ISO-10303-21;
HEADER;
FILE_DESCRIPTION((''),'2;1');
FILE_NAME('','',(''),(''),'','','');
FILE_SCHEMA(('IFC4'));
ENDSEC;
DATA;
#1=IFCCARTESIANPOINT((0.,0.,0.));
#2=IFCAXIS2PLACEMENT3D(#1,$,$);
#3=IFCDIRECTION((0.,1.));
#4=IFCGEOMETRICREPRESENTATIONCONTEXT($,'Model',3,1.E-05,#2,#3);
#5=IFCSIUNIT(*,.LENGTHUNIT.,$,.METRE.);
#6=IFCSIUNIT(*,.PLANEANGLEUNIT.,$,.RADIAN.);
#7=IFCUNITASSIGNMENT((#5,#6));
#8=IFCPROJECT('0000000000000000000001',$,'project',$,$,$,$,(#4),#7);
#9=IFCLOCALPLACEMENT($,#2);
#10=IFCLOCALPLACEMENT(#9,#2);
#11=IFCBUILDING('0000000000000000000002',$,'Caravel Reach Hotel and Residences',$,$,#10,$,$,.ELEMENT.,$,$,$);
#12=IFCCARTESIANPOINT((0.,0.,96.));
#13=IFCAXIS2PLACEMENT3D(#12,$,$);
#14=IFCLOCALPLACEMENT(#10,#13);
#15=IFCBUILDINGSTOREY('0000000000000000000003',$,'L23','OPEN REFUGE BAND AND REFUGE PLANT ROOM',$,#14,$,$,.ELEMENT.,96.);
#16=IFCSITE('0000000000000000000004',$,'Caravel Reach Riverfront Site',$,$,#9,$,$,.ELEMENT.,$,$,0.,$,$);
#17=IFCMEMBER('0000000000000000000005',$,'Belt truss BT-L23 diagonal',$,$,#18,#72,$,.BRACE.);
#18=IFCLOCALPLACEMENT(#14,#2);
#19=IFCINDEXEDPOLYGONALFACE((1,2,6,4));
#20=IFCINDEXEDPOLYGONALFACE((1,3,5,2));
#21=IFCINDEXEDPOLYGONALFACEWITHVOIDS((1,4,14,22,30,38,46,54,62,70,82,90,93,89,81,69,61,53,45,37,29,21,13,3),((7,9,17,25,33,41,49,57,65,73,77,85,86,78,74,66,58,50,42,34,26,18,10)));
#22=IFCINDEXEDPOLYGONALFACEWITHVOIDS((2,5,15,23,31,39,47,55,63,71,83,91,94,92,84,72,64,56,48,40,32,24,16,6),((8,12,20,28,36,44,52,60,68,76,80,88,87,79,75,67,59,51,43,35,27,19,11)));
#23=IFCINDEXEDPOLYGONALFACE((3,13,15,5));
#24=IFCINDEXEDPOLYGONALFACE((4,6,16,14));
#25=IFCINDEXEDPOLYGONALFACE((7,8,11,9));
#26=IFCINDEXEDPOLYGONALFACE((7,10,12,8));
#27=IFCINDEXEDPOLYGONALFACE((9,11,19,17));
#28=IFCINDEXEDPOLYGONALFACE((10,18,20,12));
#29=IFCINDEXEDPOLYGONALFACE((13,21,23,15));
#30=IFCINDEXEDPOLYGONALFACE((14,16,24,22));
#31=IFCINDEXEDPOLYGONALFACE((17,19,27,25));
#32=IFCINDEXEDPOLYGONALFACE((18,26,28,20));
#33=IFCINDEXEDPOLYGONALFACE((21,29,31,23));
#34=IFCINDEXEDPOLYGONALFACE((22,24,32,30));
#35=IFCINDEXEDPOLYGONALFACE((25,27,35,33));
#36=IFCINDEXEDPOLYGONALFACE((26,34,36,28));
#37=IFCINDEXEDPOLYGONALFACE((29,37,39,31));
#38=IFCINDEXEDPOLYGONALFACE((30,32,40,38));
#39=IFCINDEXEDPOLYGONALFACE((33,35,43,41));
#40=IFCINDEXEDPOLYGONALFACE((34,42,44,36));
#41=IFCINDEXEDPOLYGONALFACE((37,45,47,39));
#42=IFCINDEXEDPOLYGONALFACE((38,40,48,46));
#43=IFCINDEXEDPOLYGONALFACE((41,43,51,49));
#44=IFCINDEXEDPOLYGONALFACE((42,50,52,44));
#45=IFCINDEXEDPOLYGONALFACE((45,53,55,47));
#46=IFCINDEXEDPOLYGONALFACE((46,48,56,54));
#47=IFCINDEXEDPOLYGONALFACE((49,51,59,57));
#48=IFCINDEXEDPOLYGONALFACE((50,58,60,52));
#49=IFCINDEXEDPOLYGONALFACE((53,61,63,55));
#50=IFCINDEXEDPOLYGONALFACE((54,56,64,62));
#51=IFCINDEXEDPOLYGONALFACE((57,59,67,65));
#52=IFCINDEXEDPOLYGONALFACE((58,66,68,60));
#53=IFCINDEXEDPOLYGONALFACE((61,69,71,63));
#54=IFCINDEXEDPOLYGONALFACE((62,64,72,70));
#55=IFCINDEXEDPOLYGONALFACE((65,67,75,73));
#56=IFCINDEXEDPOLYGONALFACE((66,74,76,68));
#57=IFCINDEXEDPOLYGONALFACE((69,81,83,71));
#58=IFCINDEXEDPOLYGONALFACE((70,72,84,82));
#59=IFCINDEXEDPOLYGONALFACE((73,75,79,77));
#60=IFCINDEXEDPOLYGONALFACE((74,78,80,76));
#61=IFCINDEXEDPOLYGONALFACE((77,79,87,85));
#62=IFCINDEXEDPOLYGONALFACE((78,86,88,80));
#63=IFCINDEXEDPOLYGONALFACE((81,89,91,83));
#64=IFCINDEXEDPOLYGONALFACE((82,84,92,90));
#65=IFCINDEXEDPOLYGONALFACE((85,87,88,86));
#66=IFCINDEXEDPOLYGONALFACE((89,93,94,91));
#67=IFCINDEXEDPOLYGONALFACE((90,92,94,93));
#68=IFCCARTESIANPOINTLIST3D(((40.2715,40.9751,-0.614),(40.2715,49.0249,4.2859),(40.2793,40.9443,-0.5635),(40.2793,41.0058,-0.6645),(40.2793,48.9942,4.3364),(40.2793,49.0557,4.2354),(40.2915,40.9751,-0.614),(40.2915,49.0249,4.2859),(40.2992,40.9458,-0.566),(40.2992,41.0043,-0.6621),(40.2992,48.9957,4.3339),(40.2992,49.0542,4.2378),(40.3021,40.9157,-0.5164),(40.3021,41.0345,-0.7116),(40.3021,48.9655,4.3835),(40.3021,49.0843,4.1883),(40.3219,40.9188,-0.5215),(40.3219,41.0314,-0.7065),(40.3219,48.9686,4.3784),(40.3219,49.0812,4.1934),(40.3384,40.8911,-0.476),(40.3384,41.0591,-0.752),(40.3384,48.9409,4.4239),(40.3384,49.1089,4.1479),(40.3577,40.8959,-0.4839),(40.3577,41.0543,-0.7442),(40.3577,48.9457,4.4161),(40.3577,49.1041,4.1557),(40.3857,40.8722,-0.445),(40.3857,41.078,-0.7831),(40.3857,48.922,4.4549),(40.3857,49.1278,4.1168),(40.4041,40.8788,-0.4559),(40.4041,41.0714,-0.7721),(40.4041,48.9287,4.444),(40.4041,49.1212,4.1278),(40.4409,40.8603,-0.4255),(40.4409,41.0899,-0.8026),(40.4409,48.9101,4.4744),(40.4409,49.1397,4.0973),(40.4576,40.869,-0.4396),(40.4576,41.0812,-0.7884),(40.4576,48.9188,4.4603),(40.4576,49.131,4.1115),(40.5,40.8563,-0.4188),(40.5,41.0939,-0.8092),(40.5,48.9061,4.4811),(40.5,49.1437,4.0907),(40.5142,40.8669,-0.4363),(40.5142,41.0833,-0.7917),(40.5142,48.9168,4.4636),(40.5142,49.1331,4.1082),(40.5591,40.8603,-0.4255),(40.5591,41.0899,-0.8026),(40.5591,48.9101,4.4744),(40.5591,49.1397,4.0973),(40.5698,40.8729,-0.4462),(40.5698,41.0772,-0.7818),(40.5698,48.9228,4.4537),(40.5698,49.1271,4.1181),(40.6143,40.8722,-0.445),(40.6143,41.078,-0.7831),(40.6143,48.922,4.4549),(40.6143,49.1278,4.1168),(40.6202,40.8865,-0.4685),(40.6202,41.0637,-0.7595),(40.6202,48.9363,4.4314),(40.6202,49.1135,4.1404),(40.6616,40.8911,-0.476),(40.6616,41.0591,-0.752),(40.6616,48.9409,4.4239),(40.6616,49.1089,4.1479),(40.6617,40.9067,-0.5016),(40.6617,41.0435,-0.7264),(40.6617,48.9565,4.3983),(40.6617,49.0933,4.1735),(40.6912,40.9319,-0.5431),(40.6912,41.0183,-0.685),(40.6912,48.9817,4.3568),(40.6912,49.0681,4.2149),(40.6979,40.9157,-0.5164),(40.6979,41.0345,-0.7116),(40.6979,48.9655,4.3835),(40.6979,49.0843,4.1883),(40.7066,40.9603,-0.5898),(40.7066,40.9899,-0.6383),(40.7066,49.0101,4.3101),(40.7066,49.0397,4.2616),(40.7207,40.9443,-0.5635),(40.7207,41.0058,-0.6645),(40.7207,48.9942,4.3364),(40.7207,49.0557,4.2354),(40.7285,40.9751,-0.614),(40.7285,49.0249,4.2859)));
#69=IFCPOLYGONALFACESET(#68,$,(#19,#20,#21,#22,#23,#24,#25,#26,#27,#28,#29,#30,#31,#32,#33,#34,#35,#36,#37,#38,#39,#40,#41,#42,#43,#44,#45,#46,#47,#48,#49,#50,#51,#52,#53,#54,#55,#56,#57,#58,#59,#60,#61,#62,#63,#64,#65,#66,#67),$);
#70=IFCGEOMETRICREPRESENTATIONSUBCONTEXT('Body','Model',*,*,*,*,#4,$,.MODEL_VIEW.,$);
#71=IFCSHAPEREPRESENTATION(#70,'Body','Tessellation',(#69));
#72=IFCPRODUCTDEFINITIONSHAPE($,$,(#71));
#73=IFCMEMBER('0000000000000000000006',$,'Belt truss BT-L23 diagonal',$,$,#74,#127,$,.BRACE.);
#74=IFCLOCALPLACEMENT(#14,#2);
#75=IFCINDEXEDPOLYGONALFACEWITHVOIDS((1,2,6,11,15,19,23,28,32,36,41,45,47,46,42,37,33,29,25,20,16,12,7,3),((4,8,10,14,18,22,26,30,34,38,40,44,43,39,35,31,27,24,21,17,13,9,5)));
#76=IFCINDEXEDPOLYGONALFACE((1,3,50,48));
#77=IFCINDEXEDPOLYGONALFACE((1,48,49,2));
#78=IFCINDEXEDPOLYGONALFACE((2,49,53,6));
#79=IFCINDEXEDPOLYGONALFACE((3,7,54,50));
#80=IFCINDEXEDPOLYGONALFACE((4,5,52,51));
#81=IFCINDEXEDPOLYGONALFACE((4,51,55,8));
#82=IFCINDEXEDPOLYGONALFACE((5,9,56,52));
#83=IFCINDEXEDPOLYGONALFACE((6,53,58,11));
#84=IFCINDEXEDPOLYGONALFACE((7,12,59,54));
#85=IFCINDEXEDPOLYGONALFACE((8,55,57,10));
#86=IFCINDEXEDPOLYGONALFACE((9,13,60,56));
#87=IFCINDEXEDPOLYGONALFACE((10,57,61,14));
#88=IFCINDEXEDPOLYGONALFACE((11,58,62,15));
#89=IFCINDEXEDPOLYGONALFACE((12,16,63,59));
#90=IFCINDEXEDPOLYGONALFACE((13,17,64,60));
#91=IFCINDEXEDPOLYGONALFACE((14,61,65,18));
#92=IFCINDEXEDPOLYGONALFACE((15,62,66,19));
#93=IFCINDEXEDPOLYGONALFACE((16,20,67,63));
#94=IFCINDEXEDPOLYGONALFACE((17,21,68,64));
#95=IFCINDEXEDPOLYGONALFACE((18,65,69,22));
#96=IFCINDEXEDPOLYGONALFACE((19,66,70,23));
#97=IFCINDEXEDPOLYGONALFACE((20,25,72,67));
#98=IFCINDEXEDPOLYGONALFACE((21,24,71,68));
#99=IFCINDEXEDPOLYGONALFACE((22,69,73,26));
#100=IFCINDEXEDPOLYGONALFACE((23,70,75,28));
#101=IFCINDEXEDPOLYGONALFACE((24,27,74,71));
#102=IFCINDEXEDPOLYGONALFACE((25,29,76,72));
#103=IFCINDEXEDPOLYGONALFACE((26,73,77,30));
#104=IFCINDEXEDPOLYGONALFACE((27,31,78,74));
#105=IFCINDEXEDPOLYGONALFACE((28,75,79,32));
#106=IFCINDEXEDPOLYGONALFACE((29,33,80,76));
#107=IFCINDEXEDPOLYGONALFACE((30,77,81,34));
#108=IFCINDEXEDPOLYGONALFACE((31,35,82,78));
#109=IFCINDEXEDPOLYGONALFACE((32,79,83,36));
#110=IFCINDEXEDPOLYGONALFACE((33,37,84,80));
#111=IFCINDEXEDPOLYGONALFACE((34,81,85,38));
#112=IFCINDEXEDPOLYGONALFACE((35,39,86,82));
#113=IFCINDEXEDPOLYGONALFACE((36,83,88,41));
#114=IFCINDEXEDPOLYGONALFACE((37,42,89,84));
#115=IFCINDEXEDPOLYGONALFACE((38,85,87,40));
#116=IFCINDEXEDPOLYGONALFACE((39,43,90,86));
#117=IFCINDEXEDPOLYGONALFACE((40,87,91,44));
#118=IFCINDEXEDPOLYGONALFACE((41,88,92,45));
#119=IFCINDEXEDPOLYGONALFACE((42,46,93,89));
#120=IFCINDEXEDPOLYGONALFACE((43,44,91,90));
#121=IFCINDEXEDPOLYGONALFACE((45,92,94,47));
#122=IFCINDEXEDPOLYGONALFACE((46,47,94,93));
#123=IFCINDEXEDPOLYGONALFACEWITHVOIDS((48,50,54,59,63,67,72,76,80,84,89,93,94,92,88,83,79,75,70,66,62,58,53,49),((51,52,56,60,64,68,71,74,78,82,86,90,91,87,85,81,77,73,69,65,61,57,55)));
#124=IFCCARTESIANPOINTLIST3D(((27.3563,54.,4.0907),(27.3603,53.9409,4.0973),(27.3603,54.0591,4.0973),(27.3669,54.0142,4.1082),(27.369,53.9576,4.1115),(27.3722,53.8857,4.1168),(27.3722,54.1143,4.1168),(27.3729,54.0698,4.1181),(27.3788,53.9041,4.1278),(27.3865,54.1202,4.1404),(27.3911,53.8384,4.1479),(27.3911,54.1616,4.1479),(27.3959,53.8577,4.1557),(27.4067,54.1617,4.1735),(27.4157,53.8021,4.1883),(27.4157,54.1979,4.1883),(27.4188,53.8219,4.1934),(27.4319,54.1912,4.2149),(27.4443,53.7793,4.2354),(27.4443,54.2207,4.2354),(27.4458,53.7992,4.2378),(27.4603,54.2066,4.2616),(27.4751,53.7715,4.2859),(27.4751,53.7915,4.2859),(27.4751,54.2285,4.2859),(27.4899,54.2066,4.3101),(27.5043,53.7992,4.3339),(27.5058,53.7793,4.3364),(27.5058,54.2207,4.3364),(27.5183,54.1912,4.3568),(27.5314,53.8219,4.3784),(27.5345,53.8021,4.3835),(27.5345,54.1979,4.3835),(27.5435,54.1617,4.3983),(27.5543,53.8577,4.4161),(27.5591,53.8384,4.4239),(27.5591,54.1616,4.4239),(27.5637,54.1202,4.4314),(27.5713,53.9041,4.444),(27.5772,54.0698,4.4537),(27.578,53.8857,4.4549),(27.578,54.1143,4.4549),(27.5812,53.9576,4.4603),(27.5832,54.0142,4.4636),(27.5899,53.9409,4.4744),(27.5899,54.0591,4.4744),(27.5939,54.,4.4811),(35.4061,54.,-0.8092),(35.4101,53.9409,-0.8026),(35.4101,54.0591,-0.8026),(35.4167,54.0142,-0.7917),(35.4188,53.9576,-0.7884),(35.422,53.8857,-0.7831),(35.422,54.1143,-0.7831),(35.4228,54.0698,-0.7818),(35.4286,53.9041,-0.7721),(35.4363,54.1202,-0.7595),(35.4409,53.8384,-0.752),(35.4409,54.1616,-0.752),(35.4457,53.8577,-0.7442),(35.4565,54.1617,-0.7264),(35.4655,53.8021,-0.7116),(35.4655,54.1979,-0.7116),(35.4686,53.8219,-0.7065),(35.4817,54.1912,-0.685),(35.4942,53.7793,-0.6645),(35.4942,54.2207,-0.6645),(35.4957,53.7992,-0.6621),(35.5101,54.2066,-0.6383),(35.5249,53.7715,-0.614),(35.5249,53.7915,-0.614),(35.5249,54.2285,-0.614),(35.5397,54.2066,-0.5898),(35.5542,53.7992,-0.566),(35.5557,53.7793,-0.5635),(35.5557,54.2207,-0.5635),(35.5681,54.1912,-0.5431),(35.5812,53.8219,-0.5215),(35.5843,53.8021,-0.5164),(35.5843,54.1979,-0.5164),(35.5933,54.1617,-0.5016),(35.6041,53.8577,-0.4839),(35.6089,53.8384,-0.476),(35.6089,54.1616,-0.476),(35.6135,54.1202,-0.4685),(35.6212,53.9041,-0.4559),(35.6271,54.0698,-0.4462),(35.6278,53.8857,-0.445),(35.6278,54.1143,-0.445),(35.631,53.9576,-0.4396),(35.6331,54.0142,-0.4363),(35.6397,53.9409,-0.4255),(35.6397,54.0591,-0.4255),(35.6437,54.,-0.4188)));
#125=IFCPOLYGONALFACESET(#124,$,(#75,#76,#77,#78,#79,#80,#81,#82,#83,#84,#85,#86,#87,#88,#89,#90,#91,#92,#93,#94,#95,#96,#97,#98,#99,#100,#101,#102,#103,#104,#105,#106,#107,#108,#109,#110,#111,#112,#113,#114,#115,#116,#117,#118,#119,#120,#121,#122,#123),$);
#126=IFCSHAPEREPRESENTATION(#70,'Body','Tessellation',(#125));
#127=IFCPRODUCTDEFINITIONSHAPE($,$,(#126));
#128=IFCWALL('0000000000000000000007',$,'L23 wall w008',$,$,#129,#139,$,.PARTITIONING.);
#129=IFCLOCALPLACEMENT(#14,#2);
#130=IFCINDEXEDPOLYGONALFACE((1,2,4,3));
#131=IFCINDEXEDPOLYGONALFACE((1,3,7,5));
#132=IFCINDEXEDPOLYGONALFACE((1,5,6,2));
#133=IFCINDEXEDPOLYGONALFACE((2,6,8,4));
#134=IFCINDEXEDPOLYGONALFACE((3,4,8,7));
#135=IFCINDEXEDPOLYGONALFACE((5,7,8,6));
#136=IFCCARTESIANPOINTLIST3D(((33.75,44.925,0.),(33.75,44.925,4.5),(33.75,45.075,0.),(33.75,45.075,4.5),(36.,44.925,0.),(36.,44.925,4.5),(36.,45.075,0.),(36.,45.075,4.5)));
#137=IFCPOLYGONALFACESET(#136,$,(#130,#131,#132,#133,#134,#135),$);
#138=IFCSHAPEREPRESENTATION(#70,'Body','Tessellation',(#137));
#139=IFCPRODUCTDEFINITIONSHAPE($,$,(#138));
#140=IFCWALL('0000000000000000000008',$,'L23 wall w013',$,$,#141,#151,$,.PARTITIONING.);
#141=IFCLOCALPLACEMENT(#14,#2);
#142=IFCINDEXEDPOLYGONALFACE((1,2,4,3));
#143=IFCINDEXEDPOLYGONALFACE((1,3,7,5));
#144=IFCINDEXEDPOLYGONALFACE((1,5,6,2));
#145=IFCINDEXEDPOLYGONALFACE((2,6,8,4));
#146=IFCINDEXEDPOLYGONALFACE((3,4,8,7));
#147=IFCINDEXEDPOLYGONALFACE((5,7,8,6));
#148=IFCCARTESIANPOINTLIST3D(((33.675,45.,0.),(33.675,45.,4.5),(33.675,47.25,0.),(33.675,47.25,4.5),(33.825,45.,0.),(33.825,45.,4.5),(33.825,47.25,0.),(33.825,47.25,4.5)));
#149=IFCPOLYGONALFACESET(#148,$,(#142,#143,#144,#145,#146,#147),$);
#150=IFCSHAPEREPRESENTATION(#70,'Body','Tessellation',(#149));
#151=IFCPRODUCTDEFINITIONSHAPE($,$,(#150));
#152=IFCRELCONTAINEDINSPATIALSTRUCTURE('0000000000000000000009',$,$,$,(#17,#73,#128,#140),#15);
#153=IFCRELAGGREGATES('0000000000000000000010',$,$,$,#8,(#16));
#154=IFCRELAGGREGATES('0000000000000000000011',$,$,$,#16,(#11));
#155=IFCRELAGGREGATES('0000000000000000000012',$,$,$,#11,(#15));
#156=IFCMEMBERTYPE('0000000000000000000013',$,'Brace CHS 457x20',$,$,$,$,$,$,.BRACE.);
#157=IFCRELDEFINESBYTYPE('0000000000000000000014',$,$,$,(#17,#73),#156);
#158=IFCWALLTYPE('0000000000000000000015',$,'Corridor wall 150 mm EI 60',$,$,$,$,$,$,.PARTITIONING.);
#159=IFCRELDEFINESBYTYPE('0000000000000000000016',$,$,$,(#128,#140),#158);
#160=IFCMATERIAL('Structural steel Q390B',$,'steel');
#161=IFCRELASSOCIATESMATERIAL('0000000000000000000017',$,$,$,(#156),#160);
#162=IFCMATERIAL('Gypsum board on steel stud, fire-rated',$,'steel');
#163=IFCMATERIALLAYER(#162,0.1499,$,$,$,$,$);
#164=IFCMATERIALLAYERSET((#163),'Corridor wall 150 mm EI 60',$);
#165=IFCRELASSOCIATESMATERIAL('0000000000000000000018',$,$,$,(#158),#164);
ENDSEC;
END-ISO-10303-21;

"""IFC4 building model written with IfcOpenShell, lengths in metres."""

from ifc_helpers import new_model, si_unit, direction, frame, frame_2d, origin, origin_2d, place, context, subcontext, project, spatial, rectangle, hollow_circle, extrude, material, layer, layer_set, material_profile, profile_set, type_object, element, save


model = new_model("IFC4")

# Units and contexts
model_context = context("Model", 3, precision=1e-05, world=origin(), true_north=direction((0.0, 1.0)))
body_context = subcontext(model_context, "Body", "Model", "MODEL_VIEW")
ifc_project = project(units=[si_unit("LENGTHUNIT", "METRE"), si_unit("PLANEANGLEUNIT", "RADIAN")], contexts=[model_context])

# Site, building, storey
site_placement = place(None, origin())
site = spatial("IfcSite", under=ifc_project, at=site_placement, Name="Caravel Reach Riverfront Site", CompositionType="ELEMENT", RefElevation=0.0)
building_placement = place(site_placement, origin())
building = spatial("IfcBuilding", under=site, at=building_placement, Name="Caravel Reach Hotel and Residences", CompositionType="ELEMENT")
storey_placement = place(building_placement, frame((0.0, 0.0, 96.0)))
storey = spatial("IfcBuildingStorey", under=building, at=storey_placement, Name="L23", Description="OPEN REFUGE BAND AND REFUGE PLANT ROOM", CompositionType="ELEMENT", Elevation=96.0)

# Members
ifc_material_1 = material(Name="Structural steel Q390B", Category="steel")
ifc_material_profile_1 = material_profile(ifc_material_1, hollow_circle(Radius=0.2285, WallThickness=0.02, at=origin_2d()), Name="CHS 457x20")
ifc_profile_set_1 = profile_set([ifc_material_profile_1], Name="Structural steel Q390B")
member_type = type_object("IfcMemberType", Name="Brace CHS 457x20", PredefinedType="BRACE", material=ifc_profile_set_1)
for number, where, z_axis, x_axis, name in (
    (1, (40.5, 40.9751, -0.614), (0.0, 0.854198, 0.519949), (-1.0, 0.0, 0.0), "Belt truss BT-L23 diagonal"),
    (2, (35.5249, 54.0, -0.614), (-0.854198, 0.0, 0.519949), (0.0, -1.0, 0.0), "Belt truss BT-L23 diagonal"),
):
    element("IfcMember", number, at=place(storey_placement, frame(where, z_axis=z_axis, x_axis=x_axis)), inside=storey, type_object=member_type, Name=name, PredefinedType="BRACE", context=body_context, shape_type="SweptSolid", body=[
        extrude(hollow_circle(Radius=0.2285, WallThickness=0.02, at=origin_2d()), origin(), (0.0, 0.0, 1.0), 9.4238),
    ])

# Walls
ifc_material_2 = material(Name="Gypsum board on steel stud, fire-rated", Category="steel")
ifc_layer = layer(ifc_material_2, 0.1499)
ifc_layer_set = layer_set([ifc_layer], Name="Corridor wall 150 mm EI 60")
wall_type = type_object("IfcWallType", Name="Corridor wall 150 mm EI 60", PredefinedType="PARTITIONING", material=ifc_layer_set)
for number, where, z_axis, x_axis, name in (
    (3, (33.75, 45.0, 0.0), (0.0, 0.0, 1.0), (1.0, 0.0, 0.0), "L23 wall w008"),
    (4, (33.75, 45.0, 0.0), (0.0, 0.0, 1.0), (0.0, 1.0, 0.0), "L23 wall w013"),
):
    element("IfcWall", number, at=place(storey_placement, frame(where, z_axis=z_axis, x_axis=x_axis)), inside=storey, type_object=wall_type, Name=name, PredefinedType="PARTITIONING", context=body_context, shape_type="SweptSolid", body=[
        extrude(rectangle(XDim=2.25, YDim=0.1499, at=frame_2d((1.125, 0.0))), origin(), (0.0, 0.0, 1.0), 4.5),
    ])

save(model, "model.ifc")
